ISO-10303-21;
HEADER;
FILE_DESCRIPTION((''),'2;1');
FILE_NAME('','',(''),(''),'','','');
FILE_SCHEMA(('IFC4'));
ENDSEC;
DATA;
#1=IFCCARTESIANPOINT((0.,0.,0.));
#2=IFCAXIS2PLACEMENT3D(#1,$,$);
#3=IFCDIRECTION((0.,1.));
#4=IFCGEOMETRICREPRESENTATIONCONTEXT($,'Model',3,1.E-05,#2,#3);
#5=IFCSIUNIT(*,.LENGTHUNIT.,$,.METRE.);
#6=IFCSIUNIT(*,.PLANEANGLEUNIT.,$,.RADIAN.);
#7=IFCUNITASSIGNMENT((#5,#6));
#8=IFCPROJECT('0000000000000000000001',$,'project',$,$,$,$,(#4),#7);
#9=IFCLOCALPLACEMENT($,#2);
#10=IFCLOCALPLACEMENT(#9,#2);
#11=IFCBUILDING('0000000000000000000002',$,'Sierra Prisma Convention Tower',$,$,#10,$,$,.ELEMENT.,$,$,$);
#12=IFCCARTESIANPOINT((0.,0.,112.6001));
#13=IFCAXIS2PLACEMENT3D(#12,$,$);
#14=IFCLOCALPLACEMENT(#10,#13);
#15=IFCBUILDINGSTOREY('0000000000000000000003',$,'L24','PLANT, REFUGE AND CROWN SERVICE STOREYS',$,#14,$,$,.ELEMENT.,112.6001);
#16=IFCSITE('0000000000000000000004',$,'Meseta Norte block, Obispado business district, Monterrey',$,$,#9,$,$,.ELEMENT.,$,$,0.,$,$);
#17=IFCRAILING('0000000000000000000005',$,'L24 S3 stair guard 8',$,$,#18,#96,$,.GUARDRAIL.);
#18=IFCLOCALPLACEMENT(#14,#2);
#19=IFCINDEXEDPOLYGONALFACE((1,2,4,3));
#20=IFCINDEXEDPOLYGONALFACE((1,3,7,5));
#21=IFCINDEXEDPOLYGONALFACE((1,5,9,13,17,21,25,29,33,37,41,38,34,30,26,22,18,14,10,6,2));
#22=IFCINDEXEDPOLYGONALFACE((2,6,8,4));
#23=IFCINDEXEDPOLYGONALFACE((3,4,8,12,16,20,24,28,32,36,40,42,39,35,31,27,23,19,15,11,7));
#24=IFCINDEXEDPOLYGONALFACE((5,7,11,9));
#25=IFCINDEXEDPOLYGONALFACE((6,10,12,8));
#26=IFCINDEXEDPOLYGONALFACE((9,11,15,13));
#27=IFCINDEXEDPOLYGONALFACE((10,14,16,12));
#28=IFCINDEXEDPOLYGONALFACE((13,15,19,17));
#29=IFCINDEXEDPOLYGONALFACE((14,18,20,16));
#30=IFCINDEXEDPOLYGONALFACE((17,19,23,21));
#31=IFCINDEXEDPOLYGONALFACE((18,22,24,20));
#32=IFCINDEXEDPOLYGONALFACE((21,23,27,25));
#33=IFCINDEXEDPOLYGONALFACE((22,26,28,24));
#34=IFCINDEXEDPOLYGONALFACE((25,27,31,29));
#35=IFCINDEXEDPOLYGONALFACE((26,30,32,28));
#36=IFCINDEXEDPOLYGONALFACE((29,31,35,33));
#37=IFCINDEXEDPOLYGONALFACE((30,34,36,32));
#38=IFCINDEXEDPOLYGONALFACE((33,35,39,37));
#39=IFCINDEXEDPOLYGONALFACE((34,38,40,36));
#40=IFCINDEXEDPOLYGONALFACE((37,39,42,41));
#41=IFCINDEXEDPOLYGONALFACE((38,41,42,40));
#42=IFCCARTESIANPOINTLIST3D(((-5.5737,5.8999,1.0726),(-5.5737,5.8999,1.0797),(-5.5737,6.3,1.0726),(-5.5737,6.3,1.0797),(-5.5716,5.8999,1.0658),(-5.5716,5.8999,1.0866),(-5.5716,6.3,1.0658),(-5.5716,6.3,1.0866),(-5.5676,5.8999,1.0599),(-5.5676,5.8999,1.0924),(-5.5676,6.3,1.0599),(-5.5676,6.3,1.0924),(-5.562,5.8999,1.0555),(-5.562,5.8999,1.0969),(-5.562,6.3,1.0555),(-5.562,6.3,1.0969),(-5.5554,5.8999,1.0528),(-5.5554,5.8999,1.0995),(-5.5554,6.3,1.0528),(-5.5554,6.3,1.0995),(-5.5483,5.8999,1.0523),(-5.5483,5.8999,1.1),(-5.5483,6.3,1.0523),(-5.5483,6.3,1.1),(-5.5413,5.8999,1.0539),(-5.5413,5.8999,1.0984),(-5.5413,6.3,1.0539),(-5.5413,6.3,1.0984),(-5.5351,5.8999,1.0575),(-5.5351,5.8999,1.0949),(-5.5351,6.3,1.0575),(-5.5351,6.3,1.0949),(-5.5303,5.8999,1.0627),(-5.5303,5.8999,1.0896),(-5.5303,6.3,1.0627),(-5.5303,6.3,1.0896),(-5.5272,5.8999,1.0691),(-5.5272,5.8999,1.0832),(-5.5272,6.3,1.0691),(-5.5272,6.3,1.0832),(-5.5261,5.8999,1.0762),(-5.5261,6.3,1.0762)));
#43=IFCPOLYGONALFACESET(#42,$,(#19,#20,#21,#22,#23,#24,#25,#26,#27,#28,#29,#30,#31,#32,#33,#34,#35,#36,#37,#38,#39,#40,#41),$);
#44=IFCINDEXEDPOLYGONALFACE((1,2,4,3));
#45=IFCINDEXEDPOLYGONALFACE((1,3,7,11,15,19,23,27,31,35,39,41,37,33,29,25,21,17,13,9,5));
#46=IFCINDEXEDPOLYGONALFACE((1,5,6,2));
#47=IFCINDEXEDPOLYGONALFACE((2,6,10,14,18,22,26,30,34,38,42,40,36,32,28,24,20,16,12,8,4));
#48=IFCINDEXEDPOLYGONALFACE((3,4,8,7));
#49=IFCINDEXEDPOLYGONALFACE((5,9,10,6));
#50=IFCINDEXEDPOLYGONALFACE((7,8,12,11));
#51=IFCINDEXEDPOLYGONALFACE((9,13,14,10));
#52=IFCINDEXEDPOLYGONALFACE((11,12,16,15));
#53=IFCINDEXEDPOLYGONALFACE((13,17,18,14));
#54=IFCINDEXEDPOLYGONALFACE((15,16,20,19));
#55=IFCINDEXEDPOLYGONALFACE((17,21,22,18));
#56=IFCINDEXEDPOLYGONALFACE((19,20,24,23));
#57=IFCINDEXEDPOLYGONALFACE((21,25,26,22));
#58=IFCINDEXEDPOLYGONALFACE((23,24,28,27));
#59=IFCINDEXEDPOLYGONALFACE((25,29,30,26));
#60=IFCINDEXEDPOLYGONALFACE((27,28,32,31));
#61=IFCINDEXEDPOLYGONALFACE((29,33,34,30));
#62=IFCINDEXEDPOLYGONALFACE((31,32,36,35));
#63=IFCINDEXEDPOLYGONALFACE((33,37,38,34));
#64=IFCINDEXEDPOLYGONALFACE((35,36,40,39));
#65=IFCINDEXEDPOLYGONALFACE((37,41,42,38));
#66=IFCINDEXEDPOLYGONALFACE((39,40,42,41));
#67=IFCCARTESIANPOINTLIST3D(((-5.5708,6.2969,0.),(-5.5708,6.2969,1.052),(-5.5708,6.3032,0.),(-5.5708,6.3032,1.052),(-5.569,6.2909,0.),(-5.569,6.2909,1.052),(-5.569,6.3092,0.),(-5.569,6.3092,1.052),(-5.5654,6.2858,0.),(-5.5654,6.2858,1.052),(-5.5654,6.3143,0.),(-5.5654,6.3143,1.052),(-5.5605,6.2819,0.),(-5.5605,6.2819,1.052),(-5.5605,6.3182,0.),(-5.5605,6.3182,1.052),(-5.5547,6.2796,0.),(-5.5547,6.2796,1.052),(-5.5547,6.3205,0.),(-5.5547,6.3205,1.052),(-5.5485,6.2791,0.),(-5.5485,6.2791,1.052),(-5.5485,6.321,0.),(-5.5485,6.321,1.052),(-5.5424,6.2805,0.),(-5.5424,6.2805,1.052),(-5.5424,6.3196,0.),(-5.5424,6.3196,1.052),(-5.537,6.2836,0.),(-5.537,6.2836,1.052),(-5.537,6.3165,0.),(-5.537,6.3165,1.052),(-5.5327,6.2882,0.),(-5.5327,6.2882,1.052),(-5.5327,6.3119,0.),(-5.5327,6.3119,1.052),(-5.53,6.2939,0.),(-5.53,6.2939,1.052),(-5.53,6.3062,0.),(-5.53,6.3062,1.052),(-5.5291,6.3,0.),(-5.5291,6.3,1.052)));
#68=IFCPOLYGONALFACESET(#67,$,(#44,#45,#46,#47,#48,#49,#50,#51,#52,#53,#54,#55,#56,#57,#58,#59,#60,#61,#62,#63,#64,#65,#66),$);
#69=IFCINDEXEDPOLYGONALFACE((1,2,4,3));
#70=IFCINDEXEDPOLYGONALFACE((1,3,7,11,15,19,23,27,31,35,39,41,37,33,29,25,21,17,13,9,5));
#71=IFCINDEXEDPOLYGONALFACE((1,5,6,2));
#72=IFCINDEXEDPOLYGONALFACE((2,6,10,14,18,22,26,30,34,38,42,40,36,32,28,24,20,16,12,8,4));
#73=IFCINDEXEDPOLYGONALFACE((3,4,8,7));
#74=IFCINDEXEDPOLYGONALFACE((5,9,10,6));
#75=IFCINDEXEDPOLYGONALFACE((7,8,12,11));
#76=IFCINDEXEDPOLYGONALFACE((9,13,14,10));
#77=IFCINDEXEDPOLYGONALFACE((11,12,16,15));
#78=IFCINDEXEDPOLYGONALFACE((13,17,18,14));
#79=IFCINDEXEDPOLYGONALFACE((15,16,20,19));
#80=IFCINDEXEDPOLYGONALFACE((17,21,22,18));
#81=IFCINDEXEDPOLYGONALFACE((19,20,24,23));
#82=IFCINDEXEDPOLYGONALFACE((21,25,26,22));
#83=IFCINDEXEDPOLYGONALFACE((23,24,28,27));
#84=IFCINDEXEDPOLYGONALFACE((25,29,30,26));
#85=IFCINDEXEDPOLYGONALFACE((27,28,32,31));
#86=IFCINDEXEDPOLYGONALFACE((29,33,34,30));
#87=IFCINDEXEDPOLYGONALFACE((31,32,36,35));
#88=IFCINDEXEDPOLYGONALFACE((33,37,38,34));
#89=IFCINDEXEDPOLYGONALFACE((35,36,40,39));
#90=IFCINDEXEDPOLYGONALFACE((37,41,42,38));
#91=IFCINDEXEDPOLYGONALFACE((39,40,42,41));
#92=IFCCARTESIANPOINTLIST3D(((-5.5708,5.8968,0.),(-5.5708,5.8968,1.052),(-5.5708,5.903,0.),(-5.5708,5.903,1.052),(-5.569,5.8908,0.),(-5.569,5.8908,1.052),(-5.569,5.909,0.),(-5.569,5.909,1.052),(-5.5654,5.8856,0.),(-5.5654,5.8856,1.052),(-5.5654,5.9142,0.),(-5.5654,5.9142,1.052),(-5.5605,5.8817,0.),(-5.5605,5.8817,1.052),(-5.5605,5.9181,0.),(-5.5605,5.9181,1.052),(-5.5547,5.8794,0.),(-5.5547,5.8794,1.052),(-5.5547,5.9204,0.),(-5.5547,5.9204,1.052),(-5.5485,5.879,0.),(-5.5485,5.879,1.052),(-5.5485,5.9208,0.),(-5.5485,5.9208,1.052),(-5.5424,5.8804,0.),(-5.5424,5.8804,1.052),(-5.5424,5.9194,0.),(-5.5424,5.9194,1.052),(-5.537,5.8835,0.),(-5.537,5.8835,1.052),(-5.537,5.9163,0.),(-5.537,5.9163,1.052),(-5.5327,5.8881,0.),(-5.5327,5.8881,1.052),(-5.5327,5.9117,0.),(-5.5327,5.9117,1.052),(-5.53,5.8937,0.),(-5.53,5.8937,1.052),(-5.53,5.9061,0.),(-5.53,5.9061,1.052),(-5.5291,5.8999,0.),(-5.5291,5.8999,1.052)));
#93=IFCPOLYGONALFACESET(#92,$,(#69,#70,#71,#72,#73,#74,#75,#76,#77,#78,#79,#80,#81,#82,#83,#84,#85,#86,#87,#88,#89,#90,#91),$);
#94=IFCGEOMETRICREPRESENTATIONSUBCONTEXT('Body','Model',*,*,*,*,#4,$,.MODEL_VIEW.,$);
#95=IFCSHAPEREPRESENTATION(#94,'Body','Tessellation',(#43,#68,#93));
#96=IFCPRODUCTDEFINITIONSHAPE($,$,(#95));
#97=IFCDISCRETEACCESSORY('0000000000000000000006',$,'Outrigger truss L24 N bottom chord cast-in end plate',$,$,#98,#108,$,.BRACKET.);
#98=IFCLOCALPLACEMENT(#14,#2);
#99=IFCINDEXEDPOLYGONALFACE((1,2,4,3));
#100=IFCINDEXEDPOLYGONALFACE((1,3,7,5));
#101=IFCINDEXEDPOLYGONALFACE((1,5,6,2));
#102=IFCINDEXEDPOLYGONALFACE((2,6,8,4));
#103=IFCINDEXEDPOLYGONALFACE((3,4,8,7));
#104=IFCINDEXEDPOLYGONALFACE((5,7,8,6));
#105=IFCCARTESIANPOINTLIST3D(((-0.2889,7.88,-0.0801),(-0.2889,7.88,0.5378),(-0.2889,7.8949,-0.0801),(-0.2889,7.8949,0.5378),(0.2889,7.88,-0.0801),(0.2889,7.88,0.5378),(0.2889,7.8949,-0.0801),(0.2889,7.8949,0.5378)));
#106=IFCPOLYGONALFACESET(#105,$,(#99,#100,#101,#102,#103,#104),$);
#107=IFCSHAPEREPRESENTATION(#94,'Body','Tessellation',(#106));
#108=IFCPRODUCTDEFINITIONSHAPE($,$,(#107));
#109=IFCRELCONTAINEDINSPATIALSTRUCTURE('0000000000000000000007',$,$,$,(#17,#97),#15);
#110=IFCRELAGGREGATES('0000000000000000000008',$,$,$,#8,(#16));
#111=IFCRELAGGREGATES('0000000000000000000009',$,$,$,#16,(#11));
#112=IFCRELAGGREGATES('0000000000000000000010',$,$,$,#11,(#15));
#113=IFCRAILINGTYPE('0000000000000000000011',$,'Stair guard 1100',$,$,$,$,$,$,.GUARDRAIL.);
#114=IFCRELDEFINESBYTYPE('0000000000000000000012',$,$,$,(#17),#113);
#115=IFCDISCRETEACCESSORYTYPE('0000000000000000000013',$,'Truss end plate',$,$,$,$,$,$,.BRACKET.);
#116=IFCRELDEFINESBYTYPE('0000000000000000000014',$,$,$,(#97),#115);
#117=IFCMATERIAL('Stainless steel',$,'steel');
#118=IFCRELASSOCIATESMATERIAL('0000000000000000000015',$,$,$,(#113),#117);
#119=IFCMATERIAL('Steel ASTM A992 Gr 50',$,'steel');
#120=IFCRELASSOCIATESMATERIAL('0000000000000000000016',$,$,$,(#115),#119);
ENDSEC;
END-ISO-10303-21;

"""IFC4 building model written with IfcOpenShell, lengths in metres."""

from ifc_helpers import new_model, si_unit, direction, frame, origin, origin_2d, place, context, subcontext, project, spatial, rectangle, circle, extrude, material, type_object, element, save


model = new_model("IFC4")

# Units and contexts
model_context = context("Model", 3, precision=1e-05, world=origin(), true_north=direction((0.0, 1.0)))
body_context = subcontext(model_context, "Body", "Model", "MODEL_VIEW")
ifc_project = project(units=[si_unit("LENGTHUNIT", "METRE"), si_unit("PLANEANGLEUNIT", "RADIAN")], contexts=[model_context])

# Site, building, storey
site_placement = place(None, origin())
site = spatial("IfcSite", under=ifc_project, at=site_placement, Name="Meseta Norte block, Obispado business district, Monterrey", CompositionType="ELEMENT", RefElevation=0.0)
building_placement = place(site_placement, origin())
building = spatial("IfcBuilding", under=site, at=building_placement, Name="Sierra Prisma Convention Tower", CompositionType="ELEMENT")
storey_placement = place(building_placement, frame((0.0, 0.0, 112.6001)))
storey = spatial("IfcBuildingStorey", under=building, at=storey_placement, Name="L24", Description="PLANT, REFUGE AND CROWN SERVICE STOREYS", CompositionType="ELEMENT", Elevation=112.6001)

# Railing
ifc_material_1 = material(Name="Stainless steel", Category="steel")
railing_type_1 = type_object("IfcRailingType", Name="Stair guard 1100", PredefinedType="GUARDRAIL", material=ifc_material_1)
railing_1_placement = place(storey_placement, frame((-5.55, 6.3, 0.0)))
element("IfcRailing", 1, at=railing_1_placement, inside=storey, type_object=railing_type_1, Name="L24 S3 stair guard 8", PredefinedType="GUARDRAIL", context=body_context, shape_type="SweptSolid", body=[
    extrude(circle(Radius=0.0239, at=origin_2d()), frame((0.0, 0.0, 1.0762), z_axis=(0.0, -1.0, 0.0), x_axis=(1.0, 0.0, 0.0)), (0.0, 0.0, 1.0), 0.4001),
    extrude(circle(Radius=0.021, at=origin_2d()), origin(), (0.0, 0.0, 1.0), 1.052),
    extrude(circle(Radius=0.021, at=origin_2d()), frame((0.0, -0.4001, 0.0)), (0.0, 0.0, 1.0), 1.052),
])

# Discrete accessory
ifc_material_2 = material(Name="Steel ASTM A992 Gr 50", Category="steel")
discrete_accessory_type = type_object("IfcDiscreteAccessoryType", Name="Truss end plate", PredefinedType="BRACKET", material=ifc_material_2)
discrete_accessory_placement = place(storey_placement, frame((0.0, 7.8875, -0.0801), z_axis=(0.0, 0.0, 1.0), x_axis=(0.0, -1.0, 0.0)))
element("IfcDiscreteAccessory", 2, at=discrete_accessory_placement, inside=storey, type_object=discrete_accessory_type, Name="Outrigger truss L24 N bottom chord cast-in end plate", PredefinedType="BRACKET", context=body_context, shape_type="SweptSolid", body=[
    extrude(rectangle(XDim=0.0149, YDim=0.5779, at=origin_2d()), origin(), (0.0, 0.0, 1.0), 0.6179),
])

save(model, "model.ifc")
